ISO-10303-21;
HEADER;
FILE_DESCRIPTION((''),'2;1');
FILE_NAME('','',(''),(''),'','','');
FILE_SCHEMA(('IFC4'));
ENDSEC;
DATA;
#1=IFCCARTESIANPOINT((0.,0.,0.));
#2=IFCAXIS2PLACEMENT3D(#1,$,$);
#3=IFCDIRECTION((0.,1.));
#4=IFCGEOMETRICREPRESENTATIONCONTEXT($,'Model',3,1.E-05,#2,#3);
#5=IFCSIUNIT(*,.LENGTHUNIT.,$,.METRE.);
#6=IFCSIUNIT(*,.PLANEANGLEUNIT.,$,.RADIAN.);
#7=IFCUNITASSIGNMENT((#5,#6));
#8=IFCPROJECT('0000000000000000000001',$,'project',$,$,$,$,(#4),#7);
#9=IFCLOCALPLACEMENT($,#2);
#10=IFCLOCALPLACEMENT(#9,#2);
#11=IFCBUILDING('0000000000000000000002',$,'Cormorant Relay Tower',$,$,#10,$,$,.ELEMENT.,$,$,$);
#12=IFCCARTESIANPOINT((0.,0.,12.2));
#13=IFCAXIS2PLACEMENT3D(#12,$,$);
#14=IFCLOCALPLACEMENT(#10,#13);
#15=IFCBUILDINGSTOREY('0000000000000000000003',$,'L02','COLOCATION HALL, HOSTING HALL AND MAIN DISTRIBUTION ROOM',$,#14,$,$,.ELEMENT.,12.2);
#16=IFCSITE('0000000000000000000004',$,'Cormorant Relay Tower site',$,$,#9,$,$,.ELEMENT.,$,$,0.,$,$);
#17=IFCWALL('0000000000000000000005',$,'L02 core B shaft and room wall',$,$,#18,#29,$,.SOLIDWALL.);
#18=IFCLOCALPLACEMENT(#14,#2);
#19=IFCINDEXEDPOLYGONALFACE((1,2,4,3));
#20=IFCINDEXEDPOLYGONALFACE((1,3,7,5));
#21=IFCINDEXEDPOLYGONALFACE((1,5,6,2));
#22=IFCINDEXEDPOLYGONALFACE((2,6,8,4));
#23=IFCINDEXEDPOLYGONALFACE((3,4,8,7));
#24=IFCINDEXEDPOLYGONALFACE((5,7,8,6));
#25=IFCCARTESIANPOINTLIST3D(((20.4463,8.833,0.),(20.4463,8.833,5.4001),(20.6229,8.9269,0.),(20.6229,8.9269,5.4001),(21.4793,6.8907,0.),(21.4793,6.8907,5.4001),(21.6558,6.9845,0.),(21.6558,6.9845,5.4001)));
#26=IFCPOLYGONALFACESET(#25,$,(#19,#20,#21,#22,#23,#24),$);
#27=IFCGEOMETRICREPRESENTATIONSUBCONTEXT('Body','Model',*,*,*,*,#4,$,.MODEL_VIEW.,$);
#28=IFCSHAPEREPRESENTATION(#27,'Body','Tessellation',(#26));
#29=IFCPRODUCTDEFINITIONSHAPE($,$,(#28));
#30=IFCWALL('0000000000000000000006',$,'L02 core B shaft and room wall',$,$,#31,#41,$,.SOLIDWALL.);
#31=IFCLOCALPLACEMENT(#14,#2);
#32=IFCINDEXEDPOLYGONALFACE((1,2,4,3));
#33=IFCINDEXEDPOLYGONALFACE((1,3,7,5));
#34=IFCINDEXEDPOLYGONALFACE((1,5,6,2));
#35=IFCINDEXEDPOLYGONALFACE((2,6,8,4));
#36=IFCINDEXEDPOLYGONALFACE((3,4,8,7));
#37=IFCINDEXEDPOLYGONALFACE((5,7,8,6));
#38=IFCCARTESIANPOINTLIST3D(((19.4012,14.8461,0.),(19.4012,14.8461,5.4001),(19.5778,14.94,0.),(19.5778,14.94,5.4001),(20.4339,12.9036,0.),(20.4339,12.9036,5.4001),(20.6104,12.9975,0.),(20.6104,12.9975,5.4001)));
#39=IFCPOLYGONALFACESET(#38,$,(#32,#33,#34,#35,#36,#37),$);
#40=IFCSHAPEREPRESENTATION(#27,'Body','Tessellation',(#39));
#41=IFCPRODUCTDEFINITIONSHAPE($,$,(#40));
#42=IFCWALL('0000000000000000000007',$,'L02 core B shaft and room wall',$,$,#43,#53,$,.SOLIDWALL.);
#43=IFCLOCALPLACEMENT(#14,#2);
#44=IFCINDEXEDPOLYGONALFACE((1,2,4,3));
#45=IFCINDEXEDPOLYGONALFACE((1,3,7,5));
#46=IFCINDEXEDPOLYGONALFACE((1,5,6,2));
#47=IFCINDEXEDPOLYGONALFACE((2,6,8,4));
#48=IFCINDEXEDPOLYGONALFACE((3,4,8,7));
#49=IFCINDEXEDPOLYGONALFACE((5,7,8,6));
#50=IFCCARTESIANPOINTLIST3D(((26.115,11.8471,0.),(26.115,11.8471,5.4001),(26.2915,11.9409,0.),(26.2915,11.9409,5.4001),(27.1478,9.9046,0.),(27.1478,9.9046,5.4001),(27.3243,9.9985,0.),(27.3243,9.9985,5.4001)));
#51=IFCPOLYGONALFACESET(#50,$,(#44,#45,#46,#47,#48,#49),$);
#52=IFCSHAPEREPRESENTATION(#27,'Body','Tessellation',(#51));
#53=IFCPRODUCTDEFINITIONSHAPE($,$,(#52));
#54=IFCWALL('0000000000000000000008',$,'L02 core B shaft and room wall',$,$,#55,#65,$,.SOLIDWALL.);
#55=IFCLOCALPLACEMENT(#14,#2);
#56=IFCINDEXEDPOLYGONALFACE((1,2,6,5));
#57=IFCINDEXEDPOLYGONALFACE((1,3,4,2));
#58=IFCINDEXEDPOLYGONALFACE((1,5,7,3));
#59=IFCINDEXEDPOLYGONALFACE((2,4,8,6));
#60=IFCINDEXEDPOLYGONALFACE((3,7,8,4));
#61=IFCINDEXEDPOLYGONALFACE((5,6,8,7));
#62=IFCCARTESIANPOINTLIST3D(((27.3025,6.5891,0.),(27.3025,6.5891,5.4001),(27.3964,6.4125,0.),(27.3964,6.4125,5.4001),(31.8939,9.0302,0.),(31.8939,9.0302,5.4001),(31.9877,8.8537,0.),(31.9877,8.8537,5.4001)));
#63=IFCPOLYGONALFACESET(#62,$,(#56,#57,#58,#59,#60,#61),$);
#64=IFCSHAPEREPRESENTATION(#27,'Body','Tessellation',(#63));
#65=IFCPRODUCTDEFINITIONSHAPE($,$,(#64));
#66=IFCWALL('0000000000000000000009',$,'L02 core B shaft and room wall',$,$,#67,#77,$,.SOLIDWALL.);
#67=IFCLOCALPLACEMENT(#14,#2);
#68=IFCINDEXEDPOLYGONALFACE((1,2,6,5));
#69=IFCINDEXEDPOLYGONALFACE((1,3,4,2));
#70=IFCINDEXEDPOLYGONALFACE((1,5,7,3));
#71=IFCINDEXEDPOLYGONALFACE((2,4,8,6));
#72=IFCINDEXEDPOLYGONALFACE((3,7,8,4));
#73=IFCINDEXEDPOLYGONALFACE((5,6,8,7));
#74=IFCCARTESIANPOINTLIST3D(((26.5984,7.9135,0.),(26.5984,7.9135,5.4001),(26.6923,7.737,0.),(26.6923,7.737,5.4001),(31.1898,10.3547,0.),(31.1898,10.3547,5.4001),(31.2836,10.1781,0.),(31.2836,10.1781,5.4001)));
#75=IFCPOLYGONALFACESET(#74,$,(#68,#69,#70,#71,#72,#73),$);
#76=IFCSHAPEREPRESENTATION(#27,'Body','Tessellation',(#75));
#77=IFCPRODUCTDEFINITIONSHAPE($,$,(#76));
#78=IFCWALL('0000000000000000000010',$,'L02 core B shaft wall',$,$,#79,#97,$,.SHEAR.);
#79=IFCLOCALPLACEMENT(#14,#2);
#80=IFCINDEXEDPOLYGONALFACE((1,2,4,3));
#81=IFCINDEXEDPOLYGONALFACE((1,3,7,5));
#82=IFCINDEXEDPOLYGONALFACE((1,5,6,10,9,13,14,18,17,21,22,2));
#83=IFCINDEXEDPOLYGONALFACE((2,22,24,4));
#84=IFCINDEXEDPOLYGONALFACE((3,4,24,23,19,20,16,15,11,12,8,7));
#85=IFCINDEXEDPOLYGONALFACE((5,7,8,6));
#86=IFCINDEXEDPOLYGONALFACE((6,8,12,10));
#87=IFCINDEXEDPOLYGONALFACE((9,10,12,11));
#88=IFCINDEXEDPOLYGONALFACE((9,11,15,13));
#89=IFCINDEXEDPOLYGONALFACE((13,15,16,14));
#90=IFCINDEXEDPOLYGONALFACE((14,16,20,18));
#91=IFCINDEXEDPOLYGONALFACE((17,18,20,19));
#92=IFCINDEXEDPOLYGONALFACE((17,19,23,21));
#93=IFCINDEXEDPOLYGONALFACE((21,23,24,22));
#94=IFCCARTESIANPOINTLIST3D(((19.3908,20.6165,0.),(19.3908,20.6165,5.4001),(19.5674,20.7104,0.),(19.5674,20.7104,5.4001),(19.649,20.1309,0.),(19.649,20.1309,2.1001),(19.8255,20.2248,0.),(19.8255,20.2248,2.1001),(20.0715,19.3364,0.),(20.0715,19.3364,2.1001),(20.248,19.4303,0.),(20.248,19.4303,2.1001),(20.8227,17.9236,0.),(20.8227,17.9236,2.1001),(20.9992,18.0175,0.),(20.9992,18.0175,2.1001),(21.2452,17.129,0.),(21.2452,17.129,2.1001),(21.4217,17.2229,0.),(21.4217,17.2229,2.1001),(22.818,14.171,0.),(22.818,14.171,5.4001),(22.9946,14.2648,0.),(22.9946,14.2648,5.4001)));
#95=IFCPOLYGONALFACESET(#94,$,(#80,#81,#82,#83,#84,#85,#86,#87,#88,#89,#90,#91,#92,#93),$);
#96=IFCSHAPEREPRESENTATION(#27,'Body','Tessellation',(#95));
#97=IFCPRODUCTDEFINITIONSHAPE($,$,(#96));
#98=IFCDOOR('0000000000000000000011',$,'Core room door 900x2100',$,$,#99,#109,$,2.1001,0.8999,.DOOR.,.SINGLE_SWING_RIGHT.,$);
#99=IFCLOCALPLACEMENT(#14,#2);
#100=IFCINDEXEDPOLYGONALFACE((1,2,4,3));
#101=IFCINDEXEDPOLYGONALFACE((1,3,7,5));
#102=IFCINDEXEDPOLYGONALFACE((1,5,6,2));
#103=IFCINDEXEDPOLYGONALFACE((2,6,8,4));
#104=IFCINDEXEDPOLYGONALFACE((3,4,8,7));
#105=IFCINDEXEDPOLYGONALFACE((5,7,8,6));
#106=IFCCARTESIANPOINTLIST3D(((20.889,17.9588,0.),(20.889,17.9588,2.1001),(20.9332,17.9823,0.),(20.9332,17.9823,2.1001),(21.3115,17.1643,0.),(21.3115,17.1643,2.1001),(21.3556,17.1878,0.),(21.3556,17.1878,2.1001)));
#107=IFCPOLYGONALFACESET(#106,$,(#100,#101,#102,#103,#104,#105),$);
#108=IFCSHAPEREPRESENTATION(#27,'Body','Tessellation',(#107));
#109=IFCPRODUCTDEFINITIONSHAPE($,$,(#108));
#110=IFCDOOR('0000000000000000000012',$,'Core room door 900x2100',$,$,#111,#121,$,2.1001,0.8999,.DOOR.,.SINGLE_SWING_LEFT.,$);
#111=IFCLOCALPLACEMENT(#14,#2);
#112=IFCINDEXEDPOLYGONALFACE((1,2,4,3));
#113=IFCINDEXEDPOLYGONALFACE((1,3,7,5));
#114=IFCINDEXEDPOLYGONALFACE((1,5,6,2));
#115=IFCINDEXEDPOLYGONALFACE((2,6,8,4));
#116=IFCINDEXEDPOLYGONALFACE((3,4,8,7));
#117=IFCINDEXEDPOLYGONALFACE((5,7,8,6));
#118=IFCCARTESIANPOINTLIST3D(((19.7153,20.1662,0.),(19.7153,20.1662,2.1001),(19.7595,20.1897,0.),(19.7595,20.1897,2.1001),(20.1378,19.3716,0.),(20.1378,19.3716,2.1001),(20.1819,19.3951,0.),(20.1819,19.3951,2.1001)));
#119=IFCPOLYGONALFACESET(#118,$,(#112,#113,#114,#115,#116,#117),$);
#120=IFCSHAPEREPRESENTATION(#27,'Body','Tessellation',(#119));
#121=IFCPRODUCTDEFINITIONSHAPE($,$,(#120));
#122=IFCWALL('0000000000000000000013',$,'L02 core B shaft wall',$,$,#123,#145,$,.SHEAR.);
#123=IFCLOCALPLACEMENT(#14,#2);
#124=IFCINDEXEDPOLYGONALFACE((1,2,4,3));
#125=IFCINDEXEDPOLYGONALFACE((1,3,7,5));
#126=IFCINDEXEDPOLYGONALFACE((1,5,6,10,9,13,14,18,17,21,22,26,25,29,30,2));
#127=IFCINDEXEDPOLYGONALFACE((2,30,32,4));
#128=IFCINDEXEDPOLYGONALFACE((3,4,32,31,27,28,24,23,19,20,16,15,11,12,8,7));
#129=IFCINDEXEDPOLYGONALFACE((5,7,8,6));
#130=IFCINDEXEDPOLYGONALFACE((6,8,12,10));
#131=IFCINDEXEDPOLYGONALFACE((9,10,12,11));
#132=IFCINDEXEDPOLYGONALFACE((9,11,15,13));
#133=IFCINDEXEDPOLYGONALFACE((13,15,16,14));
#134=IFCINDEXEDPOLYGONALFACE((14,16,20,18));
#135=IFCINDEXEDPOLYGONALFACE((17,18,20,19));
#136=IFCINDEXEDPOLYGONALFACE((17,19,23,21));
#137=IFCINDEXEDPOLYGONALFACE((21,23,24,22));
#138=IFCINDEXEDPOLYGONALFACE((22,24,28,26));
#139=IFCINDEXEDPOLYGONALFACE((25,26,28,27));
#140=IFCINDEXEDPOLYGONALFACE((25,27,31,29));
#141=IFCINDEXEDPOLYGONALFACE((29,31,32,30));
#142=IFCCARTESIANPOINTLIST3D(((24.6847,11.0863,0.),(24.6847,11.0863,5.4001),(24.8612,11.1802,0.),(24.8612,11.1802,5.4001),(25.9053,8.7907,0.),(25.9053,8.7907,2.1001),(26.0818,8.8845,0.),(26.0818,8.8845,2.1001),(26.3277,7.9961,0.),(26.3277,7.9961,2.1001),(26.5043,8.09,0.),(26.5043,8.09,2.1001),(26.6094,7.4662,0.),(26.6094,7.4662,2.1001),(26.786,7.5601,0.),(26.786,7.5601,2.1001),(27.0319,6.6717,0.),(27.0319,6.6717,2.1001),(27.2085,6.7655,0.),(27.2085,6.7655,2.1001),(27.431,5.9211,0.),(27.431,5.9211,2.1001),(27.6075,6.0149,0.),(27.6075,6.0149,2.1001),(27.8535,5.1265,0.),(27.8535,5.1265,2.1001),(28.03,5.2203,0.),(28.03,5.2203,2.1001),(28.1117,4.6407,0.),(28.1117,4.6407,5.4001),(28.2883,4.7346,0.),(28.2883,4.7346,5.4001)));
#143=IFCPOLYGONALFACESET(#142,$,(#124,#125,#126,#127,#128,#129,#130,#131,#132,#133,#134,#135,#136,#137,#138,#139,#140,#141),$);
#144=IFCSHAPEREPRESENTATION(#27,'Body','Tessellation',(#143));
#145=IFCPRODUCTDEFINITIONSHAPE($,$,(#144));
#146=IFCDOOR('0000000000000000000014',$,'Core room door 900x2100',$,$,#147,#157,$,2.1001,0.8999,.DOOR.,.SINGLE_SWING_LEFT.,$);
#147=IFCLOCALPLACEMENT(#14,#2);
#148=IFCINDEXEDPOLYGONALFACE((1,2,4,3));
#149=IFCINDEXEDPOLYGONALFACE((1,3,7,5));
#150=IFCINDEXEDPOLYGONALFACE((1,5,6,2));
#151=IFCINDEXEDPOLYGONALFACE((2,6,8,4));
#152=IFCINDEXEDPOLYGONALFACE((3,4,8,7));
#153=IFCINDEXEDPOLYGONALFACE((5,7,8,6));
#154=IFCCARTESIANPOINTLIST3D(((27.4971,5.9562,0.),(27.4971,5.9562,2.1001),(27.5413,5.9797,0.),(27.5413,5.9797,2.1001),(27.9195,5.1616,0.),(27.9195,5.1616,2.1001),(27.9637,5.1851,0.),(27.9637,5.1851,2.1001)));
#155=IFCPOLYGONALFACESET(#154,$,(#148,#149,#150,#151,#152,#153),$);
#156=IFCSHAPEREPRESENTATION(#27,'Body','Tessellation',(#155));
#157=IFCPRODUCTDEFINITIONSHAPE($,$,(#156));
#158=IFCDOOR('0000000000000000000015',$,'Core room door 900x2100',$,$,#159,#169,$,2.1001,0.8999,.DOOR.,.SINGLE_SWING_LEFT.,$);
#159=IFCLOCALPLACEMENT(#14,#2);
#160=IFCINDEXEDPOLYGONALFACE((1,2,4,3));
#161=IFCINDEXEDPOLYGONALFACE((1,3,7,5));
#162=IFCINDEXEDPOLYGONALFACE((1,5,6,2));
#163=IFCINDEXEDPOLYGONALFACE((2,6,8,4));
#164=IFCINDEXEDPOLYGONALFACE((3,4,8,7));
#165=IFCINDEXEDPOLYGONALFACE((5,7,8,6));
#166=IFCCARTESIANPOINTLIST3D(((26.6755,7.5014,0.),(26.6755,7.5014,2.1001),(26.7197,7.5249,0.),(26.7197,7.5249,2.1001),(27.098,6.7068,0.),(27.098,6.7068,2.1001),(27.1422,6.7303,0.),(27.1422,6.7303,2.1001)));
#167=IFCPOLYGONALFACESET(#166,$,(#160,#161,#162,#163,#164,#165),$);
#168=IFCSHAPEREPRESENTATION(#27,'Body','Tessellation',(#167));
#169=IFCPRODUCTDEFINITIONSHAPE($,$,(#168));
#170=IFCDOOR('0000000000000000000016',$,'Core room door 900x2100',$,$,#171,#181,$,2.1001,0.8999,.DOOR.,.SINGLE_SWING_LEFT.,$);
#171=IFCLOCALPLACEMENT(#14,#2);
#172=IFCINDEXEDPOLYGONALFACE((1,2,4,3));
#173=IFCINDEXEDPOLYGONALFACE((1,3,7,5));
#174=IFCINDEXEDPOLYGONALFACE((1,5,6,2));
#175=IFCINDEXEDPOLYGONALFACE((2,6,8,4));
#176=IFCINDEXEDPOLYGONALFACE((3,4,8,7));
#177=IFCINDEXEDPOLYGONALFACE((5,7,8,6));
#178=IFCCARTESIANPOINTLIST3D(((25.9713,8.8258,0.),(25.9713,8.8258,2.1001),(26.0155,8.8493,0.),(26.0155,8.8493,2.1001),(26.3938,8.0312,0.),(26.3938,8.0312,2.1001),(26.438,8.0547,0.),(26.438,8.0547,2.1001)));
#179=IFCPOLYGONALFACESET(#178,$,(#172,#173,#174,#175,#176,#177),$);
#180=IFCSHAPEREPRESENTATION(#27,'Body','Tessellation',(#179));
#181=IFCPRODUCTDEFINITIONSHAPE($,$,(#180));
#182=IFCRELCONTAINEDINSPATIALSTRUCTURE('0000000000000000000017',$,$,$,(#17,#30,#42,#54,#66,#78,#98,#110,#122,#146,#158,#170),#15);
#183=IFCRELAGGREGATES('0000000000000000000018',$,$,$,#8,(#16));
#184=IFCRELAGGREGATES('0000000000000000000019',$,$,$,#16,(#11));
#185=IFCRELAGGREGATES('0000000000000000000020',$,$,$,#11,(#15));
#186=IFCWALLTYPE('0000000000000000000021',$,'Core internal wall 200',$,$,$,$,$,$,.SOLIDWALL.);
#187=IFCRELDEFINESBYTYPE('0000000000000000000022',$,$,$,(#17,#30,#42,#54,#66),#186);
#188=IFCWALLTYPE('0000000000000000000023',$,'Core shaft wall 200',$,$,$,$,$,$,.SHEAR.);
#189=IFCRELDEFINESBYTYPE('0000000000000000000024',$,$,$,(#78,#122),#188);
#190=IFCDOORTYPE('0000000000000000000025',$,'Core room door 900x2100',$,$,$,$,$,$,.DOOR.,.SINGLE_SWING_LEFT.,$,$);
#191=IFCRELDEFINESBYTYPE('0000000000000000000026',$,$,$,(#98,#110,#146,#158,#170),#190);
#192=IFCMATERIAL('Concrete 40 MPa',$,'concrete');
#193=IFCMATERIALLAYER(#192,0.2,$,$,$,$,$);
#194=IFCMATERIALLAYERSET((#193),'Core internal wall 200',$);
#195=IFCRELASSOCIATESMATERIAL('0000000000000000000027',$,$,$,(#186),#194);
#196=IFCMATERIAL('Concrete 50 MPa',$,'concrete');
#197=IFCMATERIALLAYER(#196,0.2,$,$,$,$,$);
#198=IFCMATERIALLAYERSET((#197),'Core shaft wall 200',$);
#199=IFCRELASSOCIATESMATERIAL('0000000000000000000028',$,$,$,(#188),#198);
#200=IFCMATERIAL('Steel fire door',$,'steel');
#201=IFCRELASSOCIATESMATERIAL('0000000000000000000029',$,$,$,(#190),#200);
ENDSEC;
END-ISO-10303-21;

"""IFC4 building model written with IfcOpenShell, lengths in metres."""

from ifc_helpers import new_model, si_unit, direction, frame, frame_2d, origin, place, context, subcontext, project, spatial, rectangle, extrude, material, layer, layer_set, type_object, element, fill, save


model = new_model("IFC4")

# Units and contexts
model_context = context("Model", 3, precision=1e-05, world=origin(), true_north=direction((0.0, 1.0)))
body_context = subcontext(model_context, "Body", "Model", "MODEL_VIEW")
ifc_project = project(units=[si_unit("LENGTHUNIT", "METRE"), si_unit("PLANEANGLEUNIT", "RADIAN")], contexts=[model_context])

# Site, building, storey
site_placement = place(None, origin())
site = spatial("IfcSite", under=ifc_project, at=site_placement, Name="Cormorant Relay Tower site", CompositionType="ELEMENT", RefElevation=0.0)
building_placement = place(site_placement, origin())
building = spatial("IfcBuilding", under=site, at=building_placement, Name="Cormorant Relay Tower", CompositionType="ELEMENT")
storey_placement = place(building_placement, frame((0.0, 0.0, 12.2)))
storey = spatial("IfcBuildingStorey", under=building, at=storey_placement, Name="L02", Description="COLOCATION HALL, HOSTING HALL AND MAIN DISTRIBUTION ROOM", CompositionType="ELEMENT", Elevation=12.2)

# Walls
ifc_material_1 = material(Name="Concrete 40 MPa", Category="concrete")
ifc_layer_1 = layer(ifc_material_1, 0.2)
ifc_layer_set_1 = layer_set([ifc_layer_1], Name="Core internal wall 200")
wall_type_1 = type_object("IfcWallType", Name="Core internal wall 200", PredefinedType="SOLIDWALL", material=ifc_layer_set_1)
for number, where, z_axis, x_axis, name in (
    (1, (21.5676, 6.9375, 0.0), (0.0, 0.0, 1.0), (-0.469534, 0.882914, 0.0), "L02 core B shaft and room wall"),
    (2, (20.5222, 12.9504, 0.0), (0.0, 0.0, 1.0), (-0.469401, 0.882985, 0.0), "L02 core B shaft and room wall"),
    (3, (27.2361, 9.9514, 0.0), (0.0, 0.0, 1.0), (-0.469447, 0.88296, 0.0), "L02 core B shaft and room wall"),
):
    element("IfcWall", number, at=place(storey_placement, frame(where, z_axis=z_axis, x_axis=x_axis)), inside=storey, type_object=wall_type_1, Name=name, PredefinedType="SOLIDWALL", context=body_context, shape_type="SweptSolid", body=[
        extrude(rectangle(XDim=2.2, YDim=0.2, at=frame_2d((1.1001, 0.0))), origin(), (0.0, 0.0, 1.0), 5.4001),
    ])
for number, where, z_axis, x_axis, name in (
    (4, (27.3494, 6.5007, 0.0), (0.0, 0.0, 1.0), (0.882954, 0.46946, 0.0), "L02 core B shaft and room wall"),
    (5, (26.6453, 7.8252, 0.0), (0.0, 0.0, 1.0), (0.882954, 0.46946, 0.0), "L02 core B shaft and room wall"),
):
    element("IfcWall", number, at=place(storey_placement, frame(where, z_axis=z_axis, x_axis=x_axis)), inside=storey, type_object=wall_type_1, Name=name, PredefinedType="SOLIDWALL", context=body_context, shape_type="SweptSolid", body=[
        extrude(rectangle(XDim=5.2, YDim=0.2, at=frame_2d((2.6001, 0.0))), origin(), (0.0, 0.0, 1.0), 5.4001),
    ])

# Walls, openings, doors
ifc_material_2 = material(Name="Concrete 50 MPa", Category="concrete")
ifc_layer_2 = layer(ifc_material_2, 0.2)
ifc_layer_set_2 = layer_set([ifc_layer_2], Name="Core shaft wall 200")
wall_type_2 = type_object("IfcWallType", Name="Core shaft wall 200", PredefinedType="SHEAR", material=ifc_layer_set_2)
wall_1_placement = place(storey_placement, frame((22.9062, 14.218, 0.0), z_axis=(0.0, 0.0, 1.0), x_axis=(-0.46948, 0.882943, 0.0)))
wall_1 = element("IfcWall", 6, at=wall_1_placement, inside=storey, type_object=wall_type_2, Name="L02 core B shaft wall", PredefinedType="SHEAR", context=body_context, shape_type="SweptSolid", body=[
    extrude(rectangle(XDim=7.3, YDim=0.2, at=frame_2d((3.6499, 0.0))), origin(), (0.0, 0.0, 1.0), 5.4001),
])
opening_1_placement = place(wall_1_placement, frame((3.3501, 0.0, 0.0)))
opening_1 = element("IfcOpeningElement", 7, at=opening_1_placement, cuts=wall_1, PredefinedType="OPENING", context=body_context, shape_type="SweptSolid", body=[
    extrude(rectangle(XDim=0.8999, YDim=2.1001, at=frame_2d((0.45, 1.05))), frame((0.0, 0.1099, 0.0), z_axis=(0.0, -1.0, 0.0), x_axis=(1.0, 0.0, 0.0)), (0.0, 0.0, 1.0), 0.22),
])
opening_2_placement = place(wall_1_placement, frame((5.8501, 0.0, 0.0)))
opening_2 = element("IfcOpeningElement", 8, at=opening_2_placement, cuts=wall_1, PredefinedType="OPENING", context=body_context, shape_type="SweptSolid", body=[
    extrude(rectangle(XDim=0.8999, YDim=2.1001, at=frame_2d((0.45, 1.05))), frame((0.0, 0.1099, 0.0), z_axis=(0.0, -1.0, 0.0), x_axis=(1.0, 0.0, 0.0)), (0.0, 0.0, 1.0), 0.22),
])
ifc_material_3 = material(Name="Steel fire door", Category="steel")
door_type_1 = type_object("IfcDoorType", Name="Core room door 900x2100", OperationType="SINGLE_SWING_LEFT", PredefinedType="DOOR", material=ifc_material_3)
door_1_placement = place(opening_1_placement, origin())
door_1 = element("IfcDoor", 9, at=door_1_placement, inside=storey, type_object=door_type_1, Name="Core room door 900x2100", OperationType="SINGLE_SWING_RIGHT", OverallHeight=2.1001, OverallWidth=0.8999, PredefinedType="DOOR", context=body_context, shape_type="SweptSolid", body=[
    extrude(rectangle(XDim=0.8999, YDim=2.1001, at=frame_2d((0.45, 1.05))), frame((0.0, 0.0249, 0.0), z_axis=(0.0, -1.0, 0.0), x_axis=(1.0, 0.0, 0.0)), (0.0, 0.0, 1.0), 0.05),
])
fill(opening_1, door_1)
door_2_placement = place(opening_2_placement, origin())
door_2 = element("IfcDoor", 10, at=door_2_placement, inside=storey, type_object=door_type_1, Name="Core room door 900x2100", OperationType="SINGLE_SWING_LEFT", OverallHeight=2.1001, OverallWidth=0.8999, PredefinedType="DOOR", context=body_context, shape_type="SweptSolid", body=[
    extrude(rectangle(XDim=0.8999, YDim=2.1001, at=frame_2d((0.45, 1.05))), frame((0.0, 0.0249, 0.0), z_axis=(0.0, -1.0, 0.0), x_axis=(1.0, 0.0, 0.0)), (0.0, 0.0, 1.0), 0.05),
])
fill(opening_2, door_2)
wall_2_placement = place(storey_placement, frame((28.2, 4.6877, 0.0), z_axis=(0.0, 0.0, 1.0), x_axis=(-0.469454, 0.882957, 0.0)))
wall_2 = element("IfcWall", 11, at=wall_2_placement, inside=storey, type_object=wall_type_2, Name="L02 core B shaft wall", PredefinedType="SHEAR", context=body_context, shape_type="SweptSolid", body=[
    extrude(rectangle(XDim=7.3, YDim=0.2, at=frame_2d((3.6499, 0.0))), origin(), (0.0, 0.0, 1.0), 5.4001),
])
opening_3_placement = place(wall_2_placement, frame((0.55, 0.0, 0.0)))
opening_3 = element("IfcOpeningElement", 12, at=opening_3_placement, cuts=wall_2, PredefinedType="OPENING", context=body_context, shape_type="SweptSolid", body=[
    extrude(rectangle(XDim=0.8999, YDim=2.1001, at=frame_2d((0.45, 1.05))), frame((0.0, 0.1099, 0.0), z_axis=(0.0, -1.0, 0.0), x_axis=(1.0, 0.0, 0.0)), (0.0, 0.0, 1.0), 0.22),
])
opening_4_placement = place(wall_2_placement, frame((2.3, 0.0, 0.0)))
opening_4 = element("IfcOpeningElement", 13, at=opening_4_placement, cuts=wall_2, PredefinedType="OPENING", context=body_context, shape_type="SweptSolid", body=[
    extrude(rectangle(XDim=0.8999, YDim=2.1001, at=frame_2d((0.45, 1.05))), frame((0.0, 0.1099, 0.0), z_axis=(0.0, -1.0, 0.0), x_axis=(1.0, 0.0, 0.0)), (0.0, 0.0, 1.0), 0.22),
])
opening_5_placement = place(wall_2_placement, frame((3.8, 0.0, 0.0)))
opening_5 = element("IfcOpeningElement", 14, at=opening_5_placement, cuts=wall_2, PredefinedType="OPENING", context=body_context, shape_type="SweptSolid", body=[
    extrude(rectangle(XDim=0.8999, YDim=2.1001, at=frame_2d((0.45, 1.05))), frame((0.0, 0.1099, 0.0), z_axis=(0.0, -1.0, 0.0), x_axis=(1.0, 0.0, 0.0)), (0.0, 0.0, 1.0), 0.22),
])
door_3_placement = place(opening_3_placement, frame((0.8999, 0.0, 0.0), z_axis=(0.0, 0.0, 1.0), x_axis=(-1.0, 0.0, 0.0)))
door_3 = element("IfcDoor", 15, at=door_3_placement, inside=storey, type_object=door_type_1, Name="Core room door 900x2100", OperationType="SINGLE_SWING_LEFT", OverallHeight=2.1001, OverallWidth=0.8999, PredefinedType="DOOR", context=body_context, shape_type="SweptSolid", body=[
    extrude(rectangle(XDim=0.8999, YDim=2.1001, at=frame_2d((0.45, 1.05))), frame((0.0, 0.0249, 0.0), z_axis=(0.0, -1.0, 0.0), x_axis=(1.0, 0.0, 0.0)), (0.0, 0.0, 1.0), 0.05),
])
fill(opening_3, door_3)
door_4_placement = place(opening_4_placement, frame((0.8999, 0.0, 0.0), z_axis=(0.0, 0.0, 1.0), x_axis=(-1.0, 0.0, 0.0)))
door_4 = element("IfcDoor", 16, at=door_4_placement, inside=storey, type_object=door_type_1, Name="Core room door 900x2100", OperationType="SINGLE_SWING_LEFT", OverallHeight=2.1001, OverallWidth=0.8999, PredefinedType="DOOR", context=body_context, shape_type="SweptSolid", body=[
    extrude(rectangle(XDim=0.8999, YDim=2.1001, at=frame_2d((0.45, 1.05))), frame((0.0, 0.0249, 0.0), z_axis=(0.0, -1.0, 0.0), x_axis=(1.0, 0.0, 0.0)), (0.0, 0.0, 1.0), 0.05),
])
fill(opening_4, door_4)
door_5_placement = place(opening_5_placement, frame((0.8999, 0.0, 0.0), z_axis=(0.0, 0.0, 1.0), x_axis=(-1.0, 0.0, 0.0)))
door_5 = element("IfcDoor", 17, at=door_5_placement, inside=storey, type_object=door_type_1, Name="Core room door 900x2100", OperationType="SINGLE_SWING_LEFT", OverallHeight=2.1001, OverallWidth=0.8999, PredefinedType="DOOR", context=body_context, shape_type="SweptSolid", body=[
    extrude(rectangle(XDim=0.8999, YDim=2.1001, at=frame_2d((0.45, 1.05))), frame((0.0, 0.0249, 0.0), z_axis=(0.0, -1.0, 0.0), x_axis=(1.0, 0.0, 0.0)), (0.0, 0.0, 1.0), 0.05),
])
fill(opening_5, door_5)

save(model, "model.ifc")
